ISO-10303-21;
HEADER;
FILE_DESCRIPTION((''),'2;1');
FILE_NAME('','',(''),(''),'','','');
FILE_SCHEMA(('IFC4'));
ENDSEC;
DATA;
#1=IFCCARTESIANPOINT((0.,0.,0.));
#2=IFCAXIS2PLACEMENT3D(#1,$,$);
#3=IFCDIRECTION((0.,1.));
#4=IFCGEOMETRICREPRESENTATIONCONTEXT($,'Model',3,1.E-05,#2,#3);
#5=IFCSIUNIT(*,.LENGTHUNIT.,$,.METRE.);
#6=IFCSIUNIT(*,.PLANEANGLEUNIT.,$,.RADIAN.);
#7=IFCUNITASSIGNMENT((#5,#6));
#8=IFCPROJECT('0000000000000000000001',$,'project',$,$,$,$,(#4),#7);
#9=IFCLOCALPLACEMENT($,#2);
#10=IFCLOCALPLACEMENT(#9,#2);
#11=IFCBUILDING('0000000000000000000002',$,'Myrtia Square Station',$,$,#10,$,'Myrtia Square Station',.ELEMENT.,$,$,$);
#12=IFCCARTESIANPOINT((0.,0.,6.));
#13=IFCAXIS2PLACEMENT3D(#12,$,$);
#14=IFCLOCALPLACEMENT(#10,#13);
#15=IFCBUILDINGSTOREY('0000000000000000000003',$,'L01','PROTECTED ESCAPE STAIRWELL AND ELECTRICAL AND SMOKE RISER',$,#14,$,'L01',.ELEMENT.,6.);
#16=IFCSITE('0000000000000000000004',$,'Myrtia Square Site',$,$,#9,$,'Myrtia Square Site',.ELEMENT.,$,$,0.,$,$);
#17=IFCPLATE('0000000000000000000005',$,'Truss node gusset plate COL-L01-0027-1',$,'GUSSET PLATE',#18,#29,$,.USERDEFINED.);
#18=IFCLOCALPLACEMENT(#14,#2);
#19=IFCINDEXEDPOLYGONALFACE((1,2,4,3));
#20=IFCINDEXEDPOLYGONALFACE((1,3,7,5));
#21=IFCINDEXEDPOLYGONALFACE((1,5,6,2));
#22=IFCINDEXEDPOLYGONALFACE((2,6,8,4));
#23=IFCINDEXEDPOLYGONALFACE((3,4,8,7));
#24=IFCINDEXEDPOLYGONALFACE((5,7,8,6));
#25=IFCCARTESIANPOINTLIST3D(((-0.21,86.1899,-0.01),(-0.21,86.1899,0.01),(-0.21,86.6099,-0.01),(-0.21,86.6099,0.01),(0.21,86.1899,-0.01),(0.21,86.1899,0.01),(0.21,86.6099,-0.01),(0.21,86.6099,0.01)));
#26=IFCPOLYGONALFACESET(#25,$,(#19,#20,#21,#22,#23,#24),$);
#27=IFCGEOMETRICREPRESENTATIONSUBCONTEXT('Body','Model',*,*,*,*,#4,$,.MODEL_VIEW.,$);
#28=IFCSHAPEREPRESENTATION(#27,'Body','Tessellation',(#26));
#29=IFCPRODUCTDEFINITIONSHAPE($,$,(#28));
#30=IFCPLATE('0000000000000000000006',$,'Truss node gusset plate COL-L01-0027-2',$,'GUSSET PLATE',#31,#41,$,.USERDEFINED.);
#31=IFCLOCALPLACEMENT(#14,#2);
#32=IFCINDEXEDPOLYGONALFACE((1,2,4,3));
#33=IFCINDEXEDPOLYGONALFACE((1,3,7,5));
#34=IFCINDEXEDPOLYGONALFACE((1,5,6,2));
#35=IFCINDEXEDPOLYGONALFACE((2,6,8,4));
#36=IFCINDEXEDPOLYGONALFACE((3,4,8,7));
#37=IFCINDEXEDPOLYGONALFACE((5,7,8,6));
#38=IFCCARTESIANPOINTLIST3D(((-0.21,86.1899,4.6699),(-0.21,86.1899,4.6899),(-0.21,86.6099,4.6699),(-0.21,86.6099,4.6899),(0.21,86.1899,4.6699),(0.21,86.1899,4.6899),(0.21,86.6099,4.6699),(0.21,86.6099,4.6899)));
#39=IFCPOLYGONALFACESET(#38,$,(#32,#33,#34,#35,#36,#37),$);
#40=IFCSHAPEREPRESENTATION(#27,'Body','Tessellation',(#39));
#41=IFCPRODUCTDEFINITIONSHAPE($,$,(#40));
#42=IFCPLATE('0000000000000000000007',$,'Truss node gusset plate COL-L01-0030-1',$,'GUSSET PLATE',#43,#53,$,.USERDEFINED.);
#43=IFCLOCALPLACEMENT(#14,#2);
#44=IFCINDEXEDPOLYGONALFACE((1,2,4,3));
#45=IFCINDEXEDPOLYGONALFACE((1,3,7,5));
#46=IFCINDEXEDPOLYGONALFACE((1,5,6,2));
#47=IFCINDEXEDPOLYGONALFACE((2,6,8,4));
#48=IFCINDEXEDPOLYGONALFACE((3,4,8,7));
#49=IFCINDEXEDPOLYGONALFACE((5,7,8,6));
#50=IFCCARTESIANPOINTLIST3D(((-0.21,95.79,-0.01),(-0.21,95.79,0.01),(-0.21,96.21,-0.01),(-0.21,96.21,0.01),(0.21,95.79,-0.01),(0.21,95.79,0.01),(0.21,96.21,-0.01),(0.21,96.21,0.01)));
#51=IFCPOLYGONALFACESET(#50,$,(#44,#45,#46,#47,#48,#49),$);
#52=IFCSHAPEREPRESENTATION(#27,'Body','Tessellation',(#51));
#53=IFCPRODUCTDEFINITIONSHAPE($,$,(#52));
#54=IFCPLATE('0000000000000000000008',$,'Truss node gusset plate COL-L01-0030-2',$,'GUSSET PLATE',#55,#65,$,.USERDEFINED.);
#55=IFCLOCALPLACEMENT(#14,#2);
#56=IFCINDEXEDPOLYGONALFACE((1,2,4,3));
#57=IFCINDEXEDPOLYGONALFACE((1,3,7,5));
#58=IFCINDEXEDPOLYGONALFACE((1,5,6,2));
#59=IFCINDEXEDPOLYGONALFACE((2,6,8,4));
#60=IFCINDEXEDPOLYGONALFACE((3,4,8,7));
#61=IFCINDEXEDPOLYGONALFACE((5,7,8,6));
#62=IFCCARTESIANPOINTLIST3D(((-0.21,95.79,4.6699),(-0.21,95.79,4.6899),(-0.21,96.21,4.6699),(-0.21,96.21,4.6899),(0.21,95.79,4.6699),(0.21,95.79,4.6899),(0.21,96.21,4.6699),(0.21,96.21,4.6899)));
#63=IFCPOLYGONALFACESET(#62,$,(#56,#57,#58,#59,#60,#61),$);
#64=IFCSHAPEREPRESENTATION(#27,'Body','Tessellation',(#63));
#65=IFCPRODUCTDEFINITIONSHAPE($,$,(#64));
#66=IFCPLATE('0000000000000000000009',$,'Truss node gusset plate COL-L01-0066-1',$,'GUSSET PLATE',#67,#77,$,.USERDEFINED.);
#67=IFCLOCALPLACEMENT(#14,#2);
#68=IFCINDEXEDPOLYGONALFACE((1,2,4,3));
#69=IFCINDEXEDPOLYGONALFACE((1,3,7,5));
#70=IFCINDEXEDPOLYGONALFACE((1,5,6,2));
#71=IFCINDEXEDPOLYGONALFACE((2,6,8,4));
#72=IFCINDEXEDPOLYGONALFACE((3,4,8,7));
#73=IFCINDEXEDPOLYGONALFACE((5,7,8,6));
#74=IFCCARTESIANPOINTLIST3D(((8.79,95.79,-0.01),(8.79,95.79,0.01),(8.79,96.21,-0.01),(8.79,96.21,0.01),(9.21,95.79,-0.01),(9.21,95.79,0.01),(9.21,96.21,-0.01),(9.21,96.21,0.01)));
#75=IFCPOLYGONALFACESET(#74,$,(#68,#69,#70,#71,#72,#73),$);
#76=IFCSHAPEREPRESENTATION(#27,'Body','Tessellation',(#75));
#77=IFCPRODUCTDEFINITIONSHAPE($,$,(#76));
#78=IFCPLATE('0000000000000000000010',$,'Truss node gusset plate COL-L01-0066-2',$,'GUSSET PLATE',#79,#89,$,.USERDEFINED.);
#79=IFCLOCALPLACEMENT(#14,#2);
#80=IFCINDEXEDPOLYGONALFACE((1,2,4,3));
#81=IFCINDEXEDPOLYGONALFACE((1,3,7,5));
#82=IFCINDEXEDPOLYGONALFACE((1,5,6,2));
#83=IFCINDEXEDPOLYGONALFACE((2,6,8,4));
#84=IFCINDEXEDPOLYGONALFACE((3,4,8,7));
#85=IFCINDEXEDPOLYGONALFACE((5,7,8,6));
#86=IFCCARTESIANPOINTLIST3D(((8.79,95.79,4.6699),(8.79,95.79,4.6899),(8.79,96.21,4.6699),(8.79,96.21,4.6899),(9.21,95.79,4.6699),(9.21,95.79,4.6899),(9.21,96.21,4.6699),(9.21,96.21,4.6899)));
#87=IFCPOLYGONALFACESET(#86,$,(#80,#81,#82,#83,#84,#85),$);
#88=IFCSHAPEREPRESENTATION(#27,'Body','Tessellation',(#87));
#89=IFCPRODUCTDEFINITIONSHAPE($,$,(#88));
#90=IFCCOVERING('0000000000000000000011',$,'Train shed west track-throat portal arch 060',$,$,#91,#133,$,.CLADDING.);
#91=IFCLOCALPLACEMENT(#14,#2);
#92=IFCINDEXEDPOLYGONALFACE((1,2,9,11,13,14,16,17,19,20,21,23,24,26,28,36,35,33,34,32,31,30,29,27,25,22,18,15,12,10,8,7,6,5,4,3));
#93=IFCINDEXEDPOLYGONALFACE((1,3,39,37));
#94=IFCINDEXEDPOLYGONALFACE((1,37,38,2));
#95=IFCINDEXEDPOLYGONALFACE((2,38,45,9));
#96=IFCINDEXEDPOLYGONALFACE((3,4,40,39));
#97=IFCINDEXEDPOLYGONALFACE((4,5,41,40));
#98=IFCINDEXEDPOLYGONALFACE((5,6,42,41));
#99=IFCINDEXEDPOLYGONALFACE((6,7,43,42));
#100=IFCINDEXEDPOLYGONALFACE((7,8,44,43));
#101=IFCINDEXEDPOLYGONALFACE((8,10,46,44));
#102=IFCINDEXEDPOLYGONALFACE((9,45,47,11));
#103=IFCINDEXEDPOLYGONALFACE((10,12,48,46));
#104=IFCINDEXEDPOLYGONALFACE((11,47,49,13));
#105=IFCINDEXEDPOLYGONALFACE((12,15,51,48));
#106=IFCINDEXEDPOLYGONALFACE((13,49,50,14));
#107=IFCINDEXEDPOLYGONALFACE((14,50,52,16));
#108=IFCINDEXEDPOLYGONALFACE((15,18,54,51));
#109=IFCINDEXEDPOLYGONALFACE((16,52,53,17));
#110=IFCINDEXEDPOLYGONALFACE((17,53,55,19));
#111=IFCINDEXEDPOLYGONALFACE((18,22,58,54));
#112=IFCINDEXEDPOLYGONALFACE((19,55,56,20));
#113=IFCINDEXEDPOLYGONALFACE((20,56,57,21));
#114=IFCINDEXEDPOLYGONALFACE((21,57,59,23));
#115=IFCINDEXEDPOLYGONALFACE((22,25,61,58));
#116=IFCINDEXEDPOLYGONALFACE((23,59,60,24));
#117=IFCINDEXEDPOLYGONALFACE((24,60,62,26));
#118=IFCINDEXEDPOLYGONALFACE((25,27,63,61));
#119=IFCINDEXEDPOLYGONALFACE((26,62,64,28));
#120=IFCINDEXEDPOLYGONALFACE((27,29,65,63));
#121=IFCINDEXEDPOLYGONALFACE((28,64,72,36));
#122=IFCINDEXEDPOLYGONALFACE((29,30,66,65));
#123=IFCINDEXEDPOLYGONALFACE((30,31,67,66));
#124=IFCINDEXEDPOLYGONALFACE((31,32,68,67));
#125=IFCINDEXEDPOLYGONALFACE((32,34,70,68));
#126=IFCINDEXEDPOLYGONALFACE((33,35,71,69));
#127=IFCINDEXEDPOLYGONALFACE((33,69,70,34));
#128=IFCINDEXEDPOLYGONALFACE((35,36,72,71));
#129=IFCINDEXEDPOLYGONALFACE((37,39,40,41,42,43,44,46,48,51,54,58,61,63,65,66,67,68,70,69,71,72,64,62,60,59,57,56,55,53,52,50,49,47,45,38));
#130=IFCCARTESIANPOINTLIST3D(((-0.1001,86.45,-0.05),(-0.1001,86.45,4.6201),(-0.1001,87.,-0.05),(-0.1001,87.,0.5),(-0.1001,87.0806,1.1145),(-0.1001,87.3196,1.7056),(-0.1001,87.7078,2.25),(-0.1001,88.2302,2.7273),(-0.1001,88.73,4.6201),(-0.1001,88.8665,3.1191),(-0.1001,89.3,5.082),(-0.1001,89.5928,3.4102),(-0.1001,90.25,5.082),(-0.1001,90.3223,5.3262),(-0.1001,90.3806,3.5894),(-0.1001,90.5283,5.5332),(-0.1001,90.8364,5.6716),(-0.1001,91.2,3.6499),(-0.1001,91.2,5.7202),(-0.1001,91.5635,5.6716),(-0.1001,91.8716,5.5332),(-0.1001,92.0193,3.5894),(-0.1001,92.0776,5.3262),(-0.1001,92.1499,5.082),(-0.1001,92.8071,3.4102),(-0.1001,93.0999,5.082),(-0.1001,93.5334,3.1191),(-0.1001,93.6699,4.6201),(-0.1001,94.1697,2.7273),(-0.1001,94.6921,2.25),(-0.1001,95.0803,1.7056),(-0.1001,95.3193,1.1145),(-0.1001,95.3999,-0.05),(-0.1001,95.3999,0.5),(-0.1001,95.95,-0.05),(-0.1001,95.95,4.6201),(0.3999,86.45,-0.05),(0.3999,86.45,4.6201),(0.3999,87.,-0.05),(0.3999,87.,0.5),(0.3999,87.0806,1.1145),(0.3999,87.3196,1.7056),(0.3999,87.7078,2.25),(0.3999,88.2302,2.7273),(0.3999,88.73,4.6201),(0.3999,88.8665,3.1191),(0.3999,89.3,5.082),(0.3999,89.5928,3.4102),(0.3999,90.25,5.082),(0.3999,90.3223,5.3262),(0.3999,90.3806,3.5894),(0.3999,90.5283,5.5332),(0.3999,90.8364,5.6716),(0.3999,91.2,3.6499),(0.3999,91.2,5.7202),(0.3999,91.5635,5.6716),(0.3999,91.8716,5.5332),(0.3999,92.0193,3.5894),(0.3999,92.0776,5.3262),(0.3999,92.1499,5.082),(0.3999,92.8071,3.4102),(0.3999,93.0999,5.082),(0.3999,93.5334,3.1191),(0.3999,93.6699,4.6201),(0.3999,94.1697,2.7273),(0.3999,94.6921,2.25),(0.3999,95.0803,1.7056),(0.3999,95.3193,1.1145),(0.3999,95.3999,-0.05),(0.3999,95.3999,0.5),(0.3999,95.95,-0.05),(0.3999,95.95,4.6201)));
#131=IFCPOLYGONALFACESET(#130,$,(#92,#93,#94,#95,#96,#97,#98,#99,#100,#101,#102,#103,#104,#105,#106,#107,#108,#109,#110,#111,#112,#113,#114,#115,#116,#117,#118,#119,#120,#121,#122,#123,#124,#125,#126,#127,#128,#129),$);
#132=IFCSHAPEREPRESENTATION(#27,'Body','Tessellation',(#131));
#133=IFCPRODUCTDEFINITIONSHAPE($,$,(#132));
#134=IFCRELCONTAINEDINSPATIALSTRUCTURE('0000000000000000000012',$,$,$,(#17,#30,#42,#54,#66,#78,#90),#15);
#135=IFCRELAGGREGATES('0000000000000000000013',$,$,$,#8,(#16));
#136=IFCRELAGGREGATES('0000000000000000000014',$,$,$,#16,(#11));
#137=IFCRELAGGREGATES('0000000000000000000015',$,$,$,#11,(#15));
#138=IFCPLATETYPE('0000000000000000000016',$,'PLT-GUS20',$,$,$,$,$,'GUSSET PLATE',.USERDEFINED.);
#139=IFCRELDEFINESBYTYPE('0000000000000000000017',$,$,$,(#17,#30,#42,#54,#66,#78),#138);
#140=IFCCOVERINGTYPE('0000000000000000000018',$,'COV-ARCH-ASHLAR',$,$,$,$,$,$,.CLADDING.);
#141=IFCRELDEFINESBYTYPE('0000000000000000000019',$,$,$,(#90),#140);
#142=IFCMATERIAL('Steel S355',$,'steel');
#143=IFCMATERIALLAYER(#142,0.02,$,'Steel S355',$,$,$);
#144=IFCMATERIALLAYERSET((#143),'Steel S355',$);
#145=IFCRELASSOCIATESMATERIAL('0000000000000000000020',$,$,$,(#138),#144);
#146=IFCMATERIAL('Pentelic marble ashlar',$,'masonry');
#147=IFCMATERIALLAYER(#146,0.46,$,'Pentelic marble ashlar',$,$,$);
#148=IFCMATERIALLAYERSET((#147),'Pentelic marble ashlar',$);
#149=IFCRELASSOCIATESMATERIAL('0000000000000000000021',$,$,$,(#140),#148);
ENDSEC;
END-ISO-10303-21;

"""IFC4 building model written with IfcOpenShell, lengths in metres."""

from ifc_helpers import new_model, si_unit, direction, frame, origin, origin_2d, place, context, subcontext, project, spatial, polyline, rectangle, outline, extrude, material, layer, layer_set, type_object, element, save


model = new_model("IFC4")

# Units and contexts
model_context = context("Model", 3, precision=1e-05, world=origin(), true_north=direction((0.0, 1.0)))
body_context = subcontext(model_context, "Body", "Model", "MODEL_VIEW")
ifc_project = project(units=[si_unit("LENGTHUNIT", "METRE"), si_unit("PLANEANGLEUNIT", "RADIAN")], contexts=[model_context])

# Site, building, storey
site_placement = place(None, origin())
site = spatial("IfcSite", under=ifc_project, at=site_placement, Name="Myrtia Square Site", LongName="Myrtia Square Site", CompositionType="ELEMENT", RefElevation=0.0)
building_placement = place(site_placement, origin())
building = spatial("IfcBuilding", under=site, at=building_placement, Name="Myrtia Square Station", LongName="Myrtia Square Station", CompositionType="ELEMENT")
storey_placement = place(building_placement, frame((0.0, 0.0, 6.0)))
storey = spatial("IfcBuildingStorey", under=building, at=storey_placement, Name="L01", Description="PROTECTED ESCAPE STAIRWELL AND ELECTRICAL AND SMOKE RISER", LongName="L01", CompositionType="ELEMENT", Elevation=6.0)

# Shared definitions
ifc_material_1 = material(Name="Steel S355", Category="steel")

# Plates
ifc_layer_1 = layer(ifc_material_1, 0.02, Name="Steel S355")
ifc_layer_set_1 = layer_set([ifc_layer_1], Name="Steel S355")
plate_type_1 = type_object("IfcPlateType", Name="PLT-GUS20", ElementType="GUSSET PLATE", PredefinedType="USERDEFINED", material=ifc_layer_set_1)
for number, where, z_axis, x_axis, name in (
    (1, (0.0, 86.3999, -0.01), (0.0, 0.0, 1.0), (1.0, 0.0, 0.0), "Truss node gusset plate COL-L01-0027-1"),
    (2, (0.0, 86.3999, 4.6699), (0.0, 0.0, 1.0), (1.0, 0.0, 0.0), "Truss node gusset plate COL-L01-0027-2"),
    (3, (0.0, 96.0, -0.01), (0.0, 0.0, 1.0), (1.0, 0.0, 0.0), "Truss node gusset plate COL-L01-0030-1"),
    (4, (0.0, 96.0, 4.6699), (0.0, 0.0, 1.0), (1.0, 0.0, 0.0), "Truss node gusset plate COL-L01-0030-2"),
    (5, (9.0, 96.0, -0.01), (0.0, 0.0, 1.0), (1.0, 0.0, 0.0), "Truss node gusset plate COL-L01-0066-1"),
    (6, (9.0, 96.0, 4.6699), (0.0, 0.0, 1.0), (1.0, 0.0, 0.0), "Truss node gusset plate COL-L01-0066-2"),
):
    element("IfcPlate", number, at=place(storey_placement, frame(where, z_axis=z_axis, x_axis=x_axis)), inside=storey, type_object=plate_type_1, Name=name, ObjectType="GUSSET PLATE", PredefinedType="USERDEFINED", context=body_context, shape_type="SweptSolid", body=[
        extrude(rectangle(XDim=0.4199, YDim=0.4199, at=origin_2d()), origin(), (0.0, 0.0, 1.0), 0.02),
    ])

# Covering
ifc_material_2 = material(Name="Pentelic marble ashlar", Category="masonry")
ifc_layer_2 = layer(ifc_material_2, 0.46, Name="Pentelic marble ashlar")
ifc_layer_set_2 = layer_set([ifc_layer_2], Name="Pentelic marble ashlar")
covering_type = type_object("IfcCoveringType", Name="COV-ARCH-ASHLAR", PredefinedType="CLADDING", material=ifc_layer_set_2)
covering_placement = place(storey_placement, frame((0.1499, 86.45, -0.05), z_axis=(0.0, 0.0, 1.0), x_axis=(0.0, 1.0, 0.0)))
element("IfcCovering", 7, at=covering_placement, inside=storey, type_object=covering_type, Name="Train shed west track-throat portal arch 060", PredefinedType="CLADDING", context=body_context, shape_type="SweptSolid", body=[
    extrude(outline(polyline([(0.0, 0.0), (0.55, 0.0), (0.55, 0.55), (0.6306, 1.1646), (0.8696, 1.7556), (1.2578, 2.3), (1.7803, 2.7773), (2.4165, 3.1692), (3.1428, 3.4602), (3.9307, 3.6394), (4.75, 3.7), (5.5693, 3.6394), (6.3572, 3.4602), (7.0835, 3.1692), (7.7197, 2.7773), (8.2422, 2.3), (8.6304, 1.7556), (8.8694, 1.1646), (8.95, 0.55), (8.95, 0.0), (9.5, 0.0), (9.5, 4.6702), (7.22, 4.6702), (6.6499, 5.1321), (5.7, 5.1321), (5.6277, 5.3762), (5.4216, 5.5833), (5.1135, 5.7217), (4.75, 5.7703), (4.3865, 5.7217), (4.0784, 5.5833), (3.8723, 5.3762), (3.8, 5.1321), (2.8501, 5.1321), (2.28, 4.6702), (0.0, 4.6702), (0.0, 0.0)])), frame((0.0, 0.25, 0.0), z_axis=(0.0, -1.0, 0.0), x_axis=(1.0, 0.0, 0.0)), (0.0, 0.0, 1.0), 0.5),
])

save(model, "model.ifc")
